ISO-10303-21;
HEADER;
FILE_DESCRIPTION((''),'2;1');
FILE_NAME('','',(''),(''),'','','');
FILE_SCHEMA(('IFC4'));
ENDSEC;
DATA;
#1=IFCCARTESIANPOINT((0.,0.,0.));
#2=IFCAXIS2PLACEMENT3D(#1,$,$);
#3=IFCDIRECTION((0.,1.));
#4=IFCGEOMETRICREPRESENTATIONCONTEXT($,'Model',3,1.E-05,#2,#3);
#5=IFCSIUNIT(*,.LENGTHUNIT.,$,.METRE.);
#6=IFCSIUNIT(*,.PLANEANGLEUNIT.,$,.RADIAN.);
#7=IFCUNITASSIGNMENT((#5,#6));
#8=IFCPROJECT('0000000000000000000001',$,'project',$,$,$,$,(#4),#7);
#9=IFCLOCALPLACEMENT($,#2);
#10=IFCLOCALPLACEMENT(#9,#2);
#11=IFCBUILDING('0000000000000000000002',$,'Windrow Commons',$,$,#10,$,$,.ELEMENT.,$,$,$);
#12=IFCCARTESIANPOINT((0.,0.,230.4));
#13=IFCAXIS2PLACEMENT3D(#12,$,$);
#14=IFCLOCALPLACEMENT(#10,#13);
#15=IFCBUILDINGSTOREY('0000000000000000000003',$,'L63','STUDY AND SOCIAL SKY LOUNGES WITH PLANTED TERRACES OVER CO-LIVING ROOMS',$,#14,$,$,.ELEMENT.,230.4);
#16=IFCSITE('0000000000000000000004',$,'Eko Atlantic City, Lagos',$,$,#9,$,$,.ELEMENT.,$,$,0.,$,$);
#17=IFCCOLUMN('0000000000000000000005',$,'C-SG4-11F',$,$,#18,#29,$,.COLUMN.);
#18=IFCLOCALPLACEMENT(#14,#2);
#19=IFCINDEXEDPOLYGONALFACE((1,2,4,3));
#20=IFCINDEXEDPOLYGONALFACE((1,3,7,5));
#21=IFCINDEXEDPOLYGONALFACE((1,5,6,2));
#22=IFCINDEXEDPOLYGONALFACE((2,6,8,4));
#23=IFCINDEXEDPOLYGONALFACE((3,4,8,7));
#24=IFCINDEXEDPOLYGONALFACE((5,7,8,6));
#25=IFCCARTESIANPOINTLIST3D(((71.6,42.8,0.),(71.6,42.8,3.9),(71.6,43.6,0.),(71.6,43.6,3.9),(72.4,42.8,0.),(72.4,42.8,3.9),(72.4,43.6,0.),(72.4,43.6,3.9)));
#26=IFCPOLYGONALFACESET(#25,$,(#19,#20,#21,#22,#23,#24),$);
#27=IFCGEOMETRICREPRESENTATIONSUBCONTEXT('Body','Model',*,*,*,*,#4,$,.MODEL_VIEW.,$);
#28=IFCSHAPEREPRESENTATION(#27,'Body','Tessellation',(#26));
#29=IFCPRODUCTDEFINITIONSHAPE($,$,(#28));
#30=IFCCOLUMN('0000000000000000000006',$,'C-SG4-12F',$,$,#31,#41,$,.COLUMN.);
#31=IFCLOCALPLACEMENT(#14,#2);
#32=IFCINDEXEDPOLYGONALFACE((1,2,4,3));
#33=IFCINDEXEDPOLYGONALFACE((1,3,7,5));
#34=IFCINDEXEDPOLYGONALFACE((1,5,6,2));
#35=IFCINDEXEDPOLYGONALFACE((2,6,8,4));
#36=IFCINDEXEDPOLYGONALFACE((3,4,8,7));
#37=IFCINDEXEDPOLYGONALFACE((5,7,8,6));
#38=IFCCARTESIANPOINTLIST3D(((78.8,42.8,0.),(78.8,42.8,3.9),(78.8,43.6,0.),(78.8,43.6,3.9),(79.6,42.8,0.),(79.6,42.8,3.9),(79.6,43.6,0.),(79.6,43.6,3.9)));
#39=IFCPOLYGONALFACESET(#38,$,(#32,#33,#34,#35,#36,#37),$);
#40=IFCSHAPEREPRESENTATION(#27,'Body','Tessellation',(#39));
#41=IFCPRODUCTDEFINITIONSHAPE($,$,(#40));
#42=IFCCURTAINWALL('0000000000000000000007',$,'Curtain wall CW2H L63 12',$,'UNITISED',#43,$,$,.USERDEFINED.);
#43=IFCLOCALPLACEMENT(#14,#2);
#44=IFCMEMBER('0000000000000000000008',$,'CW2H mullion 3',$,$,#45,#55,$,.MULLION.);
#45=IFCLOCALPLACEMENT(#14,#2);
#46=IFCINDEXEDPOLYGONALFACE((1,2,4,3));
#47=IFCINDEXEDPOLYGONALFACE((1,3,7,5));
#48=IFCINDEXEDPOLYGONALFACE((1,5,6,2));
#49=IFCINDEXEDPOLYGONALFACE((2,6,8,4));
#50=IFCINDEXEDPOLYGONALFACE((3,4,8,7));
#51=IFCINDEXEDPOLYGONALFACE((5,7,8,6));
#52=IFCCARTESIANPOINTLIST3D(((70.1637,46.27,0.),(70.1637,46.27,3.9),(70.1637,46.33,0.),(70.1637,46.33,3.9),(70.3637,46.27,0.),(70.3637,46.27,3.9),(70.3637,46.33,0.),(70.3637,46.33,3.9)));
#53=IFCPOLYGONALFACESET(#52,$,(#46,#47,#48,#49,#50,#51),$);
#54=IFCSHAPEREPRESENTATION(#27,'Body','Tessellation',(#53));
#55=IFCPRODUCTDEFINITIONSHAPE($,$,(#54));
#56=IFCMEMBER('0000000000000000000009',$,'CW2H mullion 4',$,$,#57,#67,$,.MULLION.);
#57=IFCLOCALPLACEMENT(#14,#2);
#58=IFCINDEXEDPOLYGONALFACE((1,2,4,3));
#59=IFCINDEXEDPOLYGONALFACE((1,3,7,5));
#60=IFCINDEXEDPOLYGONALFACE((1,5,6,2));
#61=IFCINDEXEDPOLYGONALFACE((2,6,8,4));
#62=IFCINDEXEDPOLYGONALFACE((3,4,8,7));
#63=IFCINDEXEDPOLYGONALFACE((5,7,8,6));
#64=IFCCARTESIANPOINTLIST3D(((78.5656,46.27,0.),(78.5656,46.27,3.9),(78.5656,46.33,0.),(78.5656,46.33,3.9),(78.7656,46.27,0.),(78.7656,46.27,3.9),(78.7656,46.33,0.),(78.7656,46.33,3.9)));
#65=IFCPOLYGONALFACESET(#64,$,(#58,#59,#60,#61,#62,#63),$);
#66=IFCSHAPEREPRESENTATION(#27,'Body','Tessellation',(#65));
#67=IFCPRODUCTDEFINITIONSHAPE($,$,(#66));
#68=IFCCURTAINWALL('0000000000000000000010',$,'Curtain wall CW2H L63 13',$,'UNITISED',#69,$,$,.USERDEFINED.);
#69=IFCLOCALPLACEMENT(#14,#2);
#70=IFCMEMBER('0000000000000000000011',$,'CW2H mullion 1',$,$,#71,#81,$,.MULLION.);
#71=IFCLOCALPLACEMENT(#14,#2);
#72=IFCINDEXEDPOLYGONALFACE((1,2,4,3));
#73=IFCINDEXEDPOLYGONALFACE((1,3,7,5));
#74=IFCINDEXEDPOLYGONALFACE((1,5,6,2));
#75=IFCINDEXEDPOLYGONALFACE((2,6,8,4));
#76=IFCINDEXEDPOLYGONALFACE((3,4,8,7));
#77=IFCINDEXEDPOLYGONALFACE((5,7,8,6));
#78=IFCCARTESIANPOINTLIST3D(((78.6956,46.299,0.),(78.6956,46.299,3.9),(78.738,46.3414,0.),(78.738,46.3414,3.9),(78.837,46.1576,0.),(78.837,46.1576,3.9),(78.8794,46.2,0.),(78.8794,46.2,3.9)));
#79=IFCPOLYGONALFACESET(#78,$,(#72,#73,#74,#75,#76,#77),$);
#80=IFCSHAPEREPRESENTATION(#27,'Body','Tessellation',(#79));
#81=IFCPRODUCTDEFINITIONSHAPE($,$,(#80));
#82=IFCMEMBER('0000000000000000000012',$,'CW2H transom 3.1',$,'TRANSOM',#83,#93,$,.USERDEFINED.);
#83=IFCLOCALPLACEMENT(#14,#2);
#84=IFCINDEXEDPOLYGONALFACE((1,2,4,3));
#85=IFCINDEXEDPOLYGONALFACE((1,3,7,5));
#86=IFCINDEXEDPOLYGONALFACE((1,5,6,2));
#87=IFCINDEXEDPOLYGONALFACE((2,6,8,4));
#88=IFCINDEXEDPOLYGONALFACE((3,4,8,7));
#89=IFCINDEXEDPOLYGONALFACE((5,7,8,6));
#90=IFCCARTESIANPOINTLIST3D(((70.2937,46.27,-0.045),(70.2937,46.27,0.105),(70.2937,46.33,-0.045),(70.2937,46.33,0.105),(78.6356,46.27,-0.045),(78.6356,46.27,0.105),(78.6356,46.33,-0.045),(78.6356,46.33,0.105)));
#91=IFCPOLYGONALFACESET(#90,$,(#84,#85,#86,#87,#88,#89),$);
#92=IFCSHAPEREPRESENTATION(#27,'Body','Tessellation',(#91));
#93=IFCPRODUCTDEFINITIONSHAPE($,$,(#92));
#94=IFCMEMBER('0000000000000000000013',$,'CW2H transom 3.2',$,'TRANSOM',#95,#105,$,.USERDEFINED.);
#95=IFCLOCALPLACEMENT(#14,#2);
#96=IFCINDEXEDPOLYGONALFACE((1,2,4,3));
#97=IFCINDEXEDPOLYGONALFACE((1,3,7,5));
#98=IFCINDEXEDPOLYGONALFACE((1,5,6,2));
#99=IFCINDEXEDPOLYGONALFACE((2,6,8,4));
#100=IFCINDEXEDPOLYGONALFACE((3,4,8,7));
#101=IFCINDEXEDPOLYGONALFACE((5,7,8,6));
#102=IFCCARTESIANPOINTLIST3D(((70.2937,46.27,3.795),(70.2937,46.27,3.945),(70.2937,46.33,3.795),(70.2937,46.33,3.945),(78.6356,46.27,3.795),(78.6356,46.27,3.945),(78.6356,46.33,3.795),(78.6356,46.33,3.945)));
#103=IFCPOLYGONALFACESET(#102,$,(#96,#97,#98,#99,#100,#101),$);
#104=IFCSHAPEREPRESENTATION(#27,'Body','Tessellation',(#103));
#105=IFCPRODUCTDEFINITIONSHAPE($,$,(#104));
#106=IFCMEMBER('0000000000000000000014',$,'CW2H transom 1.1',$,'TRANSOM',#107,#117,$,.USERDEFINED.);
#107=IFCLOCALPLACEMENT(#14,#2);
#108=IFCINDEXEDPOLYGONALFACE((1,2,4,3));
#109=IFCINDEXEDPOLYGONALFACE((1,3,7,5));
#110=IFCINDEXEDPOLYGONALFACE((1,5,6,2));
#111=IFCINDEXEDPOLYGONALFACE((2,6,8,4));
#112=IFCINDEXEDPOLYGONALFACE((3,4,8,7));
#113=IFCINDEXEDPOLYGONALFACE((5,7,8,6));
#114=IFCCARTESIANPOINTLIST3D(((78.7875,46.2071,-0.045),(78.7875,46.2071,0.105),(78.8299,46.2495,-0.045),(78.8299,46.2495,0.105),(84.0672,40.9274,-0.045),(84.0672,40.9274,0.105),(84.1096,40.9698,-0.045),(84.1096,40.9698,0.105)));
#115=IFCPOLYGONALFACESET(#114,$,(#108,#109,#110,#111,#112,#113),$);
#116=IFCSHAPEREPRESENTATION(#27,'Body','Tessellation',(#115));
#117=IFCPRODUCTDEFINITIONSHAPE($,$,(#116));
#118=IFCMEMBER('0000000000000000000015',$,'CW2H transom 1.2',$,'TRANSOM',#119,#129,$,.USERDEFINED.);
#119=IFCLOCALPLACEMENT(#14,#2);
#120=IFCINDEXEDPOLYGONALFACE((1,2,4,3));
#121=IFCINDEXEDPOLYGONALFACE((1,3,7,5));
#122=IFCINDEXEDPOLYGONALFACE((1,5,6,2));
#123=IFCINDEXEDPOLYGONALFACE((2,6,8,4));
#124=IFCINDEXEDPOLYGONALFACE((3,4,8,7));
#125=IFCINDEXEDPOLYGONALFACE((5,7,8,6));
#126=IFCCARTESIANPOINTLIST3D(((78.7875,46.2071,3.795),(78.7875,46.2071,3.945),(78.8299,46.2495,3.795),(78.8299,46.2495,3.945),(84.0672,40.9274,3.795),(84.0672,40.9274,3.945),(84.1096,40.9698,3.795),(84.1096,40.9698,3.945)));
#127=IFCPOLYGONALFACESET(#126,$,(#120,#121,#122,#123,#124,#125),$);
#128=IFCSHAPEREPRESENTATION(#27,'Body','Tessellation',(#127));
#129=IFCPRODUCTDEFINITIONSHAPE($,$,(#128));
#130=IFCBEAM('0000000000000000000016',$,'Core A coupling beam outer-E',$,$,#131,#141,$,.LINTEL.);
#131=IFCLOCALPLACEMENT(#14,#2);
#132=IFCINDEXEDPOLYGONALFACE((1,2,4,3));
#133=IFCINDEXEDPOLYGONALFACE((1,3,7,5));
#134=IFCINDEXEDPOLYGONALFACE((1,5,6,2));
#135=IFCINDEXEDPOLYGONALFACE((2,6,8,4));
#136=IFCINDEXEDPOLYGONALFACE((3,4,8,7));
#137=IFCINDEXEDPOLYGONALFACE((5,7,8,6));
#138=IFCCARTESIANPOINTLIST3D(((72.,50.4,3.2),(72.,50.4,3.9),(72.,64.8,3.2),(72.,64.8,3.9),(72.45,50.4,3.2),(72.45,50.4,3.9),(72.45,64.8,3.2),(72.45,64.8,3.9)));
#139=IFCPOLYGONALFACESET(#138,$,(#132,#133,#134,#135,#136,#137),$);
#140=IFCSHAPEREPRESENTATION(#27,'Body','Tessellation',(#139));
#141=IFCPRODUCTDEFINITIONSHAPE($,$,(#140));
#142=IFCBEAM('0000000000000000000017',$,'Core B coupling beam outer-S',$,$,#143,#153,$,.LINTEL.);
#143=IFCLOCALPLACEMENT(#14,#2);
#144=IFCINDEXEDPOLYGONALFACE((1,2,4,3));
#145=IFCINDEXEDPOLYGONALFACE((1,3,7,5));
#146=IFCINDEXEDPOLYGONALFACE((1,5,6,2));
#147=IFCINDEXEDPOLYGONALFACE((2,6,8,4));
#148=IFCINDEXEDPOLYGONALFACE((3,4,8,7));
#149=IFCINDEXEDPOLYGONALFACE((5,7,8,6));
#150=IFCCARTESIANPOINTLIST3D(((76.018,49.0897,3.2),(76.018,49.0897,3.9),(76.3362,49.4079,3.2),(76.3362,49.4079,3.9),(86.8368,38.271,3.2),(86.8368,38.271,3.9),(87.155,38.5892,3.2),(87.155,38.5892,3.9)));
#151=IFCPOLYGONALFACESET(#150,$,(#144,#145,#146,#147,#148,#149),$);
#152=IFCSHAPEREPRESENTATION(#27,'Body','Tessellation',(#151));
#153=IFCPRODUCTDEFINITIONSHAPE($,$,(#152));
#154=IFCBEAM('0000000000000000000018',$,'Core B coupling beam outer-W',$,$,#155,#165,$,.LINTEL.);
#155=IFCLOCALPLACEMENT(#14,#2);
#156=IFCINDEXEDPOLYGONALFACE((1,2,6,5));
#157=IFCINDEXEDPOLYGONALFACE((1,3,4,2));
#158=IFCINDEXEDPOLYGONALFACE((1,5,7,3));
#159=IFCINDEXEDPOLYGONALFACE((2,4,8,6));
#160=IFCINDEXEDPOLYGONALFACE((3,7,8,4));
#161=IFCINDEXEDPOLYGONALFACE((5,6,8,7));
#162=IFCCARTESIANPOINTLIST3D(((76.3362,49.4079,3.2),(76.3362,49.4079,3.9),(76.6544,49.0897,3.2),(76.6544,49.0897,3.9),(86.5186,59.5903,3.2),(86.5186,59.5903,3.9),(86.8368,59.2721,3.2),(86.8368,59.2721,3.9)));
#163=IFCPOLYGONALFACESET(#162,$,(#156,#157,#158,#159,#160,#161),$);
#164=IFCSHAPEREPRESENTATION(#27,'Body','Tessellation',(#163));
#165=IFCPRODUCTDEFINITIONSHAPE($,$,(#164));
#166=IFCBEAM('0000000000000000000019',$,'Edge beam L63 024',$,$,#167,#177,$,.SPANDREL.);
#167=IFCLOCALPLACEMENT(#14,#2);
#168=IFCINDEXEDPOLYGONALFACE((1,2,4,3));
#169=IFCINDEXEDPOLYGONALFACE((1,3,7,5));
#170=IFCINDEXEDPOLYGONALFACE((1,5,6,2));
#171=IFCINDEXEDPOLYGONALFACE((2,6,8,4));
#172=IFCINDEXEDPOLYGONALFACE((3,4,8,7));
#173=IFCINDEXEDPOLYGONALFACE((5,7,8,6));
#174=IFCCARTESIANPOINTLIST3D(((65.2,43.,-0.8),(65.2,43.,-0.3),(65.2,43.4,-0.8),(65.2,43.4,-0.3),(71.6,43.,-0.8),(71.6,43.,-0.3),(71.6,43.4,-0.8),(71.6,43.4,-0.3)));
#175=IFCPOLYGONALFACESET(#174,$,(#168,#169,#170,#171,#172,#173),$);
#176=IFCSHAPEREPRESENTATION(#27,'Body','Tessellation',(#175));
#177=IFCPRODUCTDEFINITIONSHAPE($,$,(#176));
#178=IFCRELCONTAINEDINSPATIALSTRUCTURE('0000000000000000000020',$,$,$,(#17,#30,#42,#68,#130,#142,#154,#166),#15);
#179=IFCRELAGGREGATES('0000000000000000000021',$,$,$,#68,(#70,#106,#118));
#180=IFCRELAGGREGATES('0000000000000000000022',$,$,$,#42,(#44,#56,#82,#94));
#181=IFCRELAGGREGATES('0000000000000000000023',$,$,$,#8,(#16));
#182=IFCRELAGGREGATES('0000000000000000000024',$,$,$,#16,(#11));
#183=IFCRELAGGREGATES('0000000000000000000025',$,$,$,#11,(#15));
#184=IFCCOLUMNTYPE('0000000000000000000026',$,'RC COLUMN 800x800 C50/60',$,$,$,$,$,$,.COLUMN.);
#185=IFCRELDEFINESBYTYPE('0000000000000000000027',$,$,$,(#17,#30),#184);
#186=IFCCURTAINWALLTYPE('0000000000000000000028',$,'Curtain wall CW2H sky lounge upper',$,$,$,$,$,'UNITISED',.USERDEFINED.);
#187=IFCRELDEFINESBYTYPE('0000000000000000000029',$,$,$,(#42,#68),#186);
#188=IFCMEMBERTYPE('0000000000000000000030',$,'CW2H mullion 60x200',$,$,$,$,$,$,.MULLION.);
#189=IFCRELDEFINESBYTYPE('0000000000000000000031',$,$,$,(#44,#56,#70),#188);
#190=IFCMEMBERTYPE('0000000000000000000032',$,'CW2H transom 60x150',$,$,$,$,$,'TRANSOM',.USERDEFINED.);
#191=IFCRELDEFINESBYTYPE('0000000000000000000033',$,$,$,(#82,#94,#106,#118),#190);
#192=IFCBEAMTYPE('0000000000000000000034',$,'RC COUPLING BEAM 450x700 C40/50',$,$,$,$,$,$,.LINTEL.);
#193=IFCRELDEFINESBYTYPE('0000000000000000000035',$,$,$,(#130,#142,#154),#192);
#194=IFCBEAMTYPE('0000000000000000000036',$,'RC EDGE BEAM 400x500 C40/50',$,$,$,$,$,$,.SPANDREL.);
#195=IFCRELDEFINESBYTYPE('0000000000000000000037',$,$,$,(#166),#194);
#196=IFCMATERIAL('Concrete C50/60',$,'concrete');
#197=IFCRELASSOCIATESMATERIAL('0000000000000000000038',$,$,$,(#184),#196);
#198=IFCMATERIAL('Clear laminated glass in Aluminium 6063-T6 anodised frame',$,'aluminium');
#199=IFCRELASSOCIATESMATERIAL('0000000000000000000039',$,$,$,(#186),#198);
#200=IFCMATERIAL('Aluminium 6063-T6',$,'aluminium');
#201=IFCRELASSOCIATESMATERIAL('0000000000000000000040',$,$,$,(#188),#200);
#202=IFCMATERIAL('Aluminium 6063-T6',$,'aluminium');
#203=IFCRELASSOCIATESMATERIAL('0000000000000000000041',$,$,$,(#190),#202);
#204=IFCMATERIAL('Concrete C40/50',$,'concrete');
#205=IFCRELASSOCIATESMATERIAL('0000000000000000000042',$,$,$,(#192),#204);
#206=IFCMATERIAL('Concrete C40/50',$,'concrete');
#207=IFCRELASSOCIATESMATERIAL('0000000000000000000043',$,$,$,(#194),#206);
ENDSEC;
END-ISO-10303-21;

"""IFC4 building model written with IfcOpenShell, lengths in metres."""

from ifc_helpers import new_model, si_unit, direction, frame, origin, origin_2d, place, context, subcontext, project, spatial, rectangle, extrude, material, material_profile, profile_set, type_object, element, aggregate, save


model = new_model("IFC4")

# Units and contexts
model_context = context("Model", 3, precision=1e-05, world=origin(), true_north=direction((0.0, 1.0)))
body_context = subcontext(model_context, "Body", "Model", "MODEL_VIEW")
ifc_project = project(units=[si_unit("LENGTHUNIT", "METRE"), si_unit("PLANEANGLEUNIT", "RADIAN")], contexts=[model_context])

# Site, building, storey
site_placement = place(None, origin())
site = spatial("IfcSite", under=ifc_project, at=site_placement, Name="Eko Atlantic City, Lagos", CompositionType="ELEMENT", RefElevation=0.0)
building_placement = place(site_placement, origin())
building = spatial("IfcBuilding", under=site, at=building_placement, Name="Windrow Commons", CompositionType="ELEMENT")
storey_placement = place(building_placement, frame((0.0, 0.0, 230.4)))
storey = spatial("IfcBuildingStorey", under=building, at=storey_placement, Name="L63", Description="STUDY AND SOCIAL SKY LOUNGES WITH PLANTED TERRACES OVER CO-LIVING ROOMS", CompositionType="ELEMENT", Elevation=230.4)

# Columns
ifc_material_1 = material(Name="Concrete C50/60", Category="concrete")
ifc_material_profile_1 = material_profile(ifc_material_1, rectangle(XDim=0.8, YDim=0.8, at=origin_2d()))
ifc_profile_set_1 = profile_set([ifc_material_profile_1], Name="Concrete C50/60")
column_type = type_object("IfcColumnType", Name="RC COLUMN 800x800 C50/60", PredefinedType="COLUMN", material=ifc_profile_set_1)
for number, where, z_axis, x_axis, name in (
    (1, (72.0, 43.2, 0.0), (0.0, 0.0, 1.0), (1.0, 0.0, 0.0), "C-SG4-11F"),
    (2, (79.2, 43.2, 0.0), (0.0, 0.0, 1.0), (1.0, 0.0, 0.0), "C-SG4-12F"),
):
    element("IfcColumn", number, at=place(storey_placement, frame(where, z_axis=z_axis, x_axis=x_axis)), inside=storey, type_object=column_type, Name=name, PredefinedType="COLUMN", context=body_context, shape_type="SweptSolid", body=[
        extrude(rectangle(XDim=0.8, YDim=0.8, at=origin_2d()), origin(), (0.0, 0.0, 1.0), 3.9),
    ])

# Curtain wall, members
ifc_material_2 = material(Name="Clear laminated glass in Aluminium 6063-T6 anodised frame", Category="aluminium")
curtain_wall_type = type_object("IfcCurtainWallType", Name="Curtain wall CW2H sky lounge upper", ElementType="UNITISED", PredefinedType="USERDEFINED", material=ifc_material_2)
placement = place(storey_placement, origin())
curtain_wall_1 = element("IfcCurtainWall", 3, at=placement, inside=storey, type_object=curtain_wall_type, Name="Curtain wall CW2H L63 12", ObjectType="UNITISED", PredefinedType="USERDEFINED")
ifc_material_3 = material(Name="Aluminium 6063-T6", Category="aluminium")
ifc_material_profile_2 = material_profile(ifc_material_3, rectangle(XDim=0.06, YDim=0.2, at=origin_2d()))
ifc_profile_set_2 = profile_set([ifc_material_profile_2], Name="Aluminium 6063-T6")
member_type_1 = type_object("IfcMemberType", Name="CW2H mullion 60x200", PredefinedType="MULLION", material=ifc_profile_set_2)
member_1_placement = place(storey_placement, frame((70.2637, 46.3, 0.0), z_axis=(0.0, 0.0, 1.0), x_axis=(0.0, 1.0, 0.0)))
member_1 = element("IfcMember", 4, at=member_1_placement, type_object=member_type_1, Name="CW2H mullion 3", PredefinedType="MULLION", context=body_context, shape_type="SweptSolid", body=[
    extrude(rectangle(XDim=0.06, YDim=0.2, at=origin_2d()), origin(), (0.0, 0.0, 1.0), 3.9),
])
member_2_placement = place(storey_placement, frame((78.6656, 46.3, 0.0), z_axis=(0.0, 0.0, 1.0), x_axis=(0.0, 1.0, 0.0)))
member_2 = element("IfcMember", 5, at=member_2_placement, type_object=member_type_1, Name="CW2H mullion 4", PredefinedType="MULLION", context=body_context, shape_type="SweptSolid", body=[
    extrude(rectangle(XDim=0.06, YDim=0.2, at=origin_2d()), origin(), (0.0, 0.0, 1.0), 3.9),
])

# Curtain wall, member
curtain_wall_2 = element("IfcCurtainWall", 6, at=placement, inside=storey, type_object=curtain_wall_type, Name="Curtain wall CW2H L63 13", ObjectType="UNITISED", PredefinedType="USERDEFINED")
member_3_placement = place(storey_placement, frame((78.7875, 46.2495, 0.0), z_axis=(0.0, 0.0, 1.0), x_axis=(0.707107, 0.707107, 0.0)))
member_3 = element("IfcMember", 7, at=member_3_placement, type_object=member_type_1, Name="CW2H mullion 1", PredefinedType="MULLION", context=body_context, shape_type="SweptSolid", body=[
    extrude(rectangle(XDim=0.06, YDim=0.2, at=origin_2d()), origin(), (0.0, 0.0, 1.0), 3.9),
])

# Members
ifc_material_4 = material(Name="Aluminium 6063-T6", Category="aluminium")
ifc_material_profile_3 = material_profile(ifc_material_4, rectangle(XDim=0.06, YDim=0.15, at=origin_2d()))
ifc_profile_set_3 = profile_set([ifc_material_profile_3], Name="Aluminium 6063-T6")
member_type_2 = type_object("IfcMemberType", Name="CW2H transom 60x150", ElementType="TRANSOM", PredefinedType="USERDEFINED", material=ifc_profile_set_3)
member_4_placement = place(storey_placement, frame((70.2937, 46.3, 0.03), z_axis=(1.0, 0.0, 0.0), x_axis=(0.0, 1.0, 0.0)))
member_4 = element("IfcMember", 8, at=member_4_placement, type_object=member_type_2, Name="CW2H transom 3.1", ObjectType="TRANSOM", PredefinedType="USERDEFINED", context=body_context, shape_type="SweptSolid", body=[
    extrude(rectangle(XDim=0.06, YDim=0.15, at=origin_2d()), origin(), (0.0, 0.0, 1.0), 8.3419),
])
member_5_placement = place(storey_placement, frame((70.2937, 46.3, 3.87), z_axis=(1.0, 0.0, 0.0), x_axis=(0.0, 1.0, 0.0)))
member_5 = element("IfcMember", 9, at=member_5_placement, type_object=member_type_2, Name="CW2H transom 3.2", ObjectType="TRANSOM", PredefinedType="USERDEFINED", context=body_context, shape_type="SweptSolid", body=[
    extrude(rectangle(XDim=0.06, YDim=0.15, at=origin_2d()), origin(), (0.0, 0.0, 1.0), 8.3419),
])
member_6_placement = place(storey_placement, frame((78.8087, 46.2283, 0.03), z_axis=(0.707107, -0.707107, 0.0), x_axis=(0.707107, 0.707107, 0.0)))
member_6 = element("IfcMember", 10, at=member_6_placement, type_object=member_type_2, Name="CW2H transom 1.1", ObjectType="TRANSOM", PredefinedType="USERDEFINED", context=body_context, shape_type="SweptSolid", body=[
    extrude(rectangle(XDim=0.06, YDim=0.15, at=origin_2d()), origin(), (0.0, 0.0, 1.0), 7.4666),
])
member_7_placement = place(storey_placement, frame((78.8087, 46.2283, 3.87), z_axis=(0.707107, -0.707107, 0.0), x_axis=(0.707107, 0.707107, 0.0)))
member_7 = element("IfcMember", 11, at=member_7_placement, type_object=member_type_2, Name="CW2H transom 1.2", ObjectType="TRANSOM", PredefinedType="USERDEFINED", context=body_context, shape_type="SweptSolid", body=[
    extrude(rectangle(XDim=0.06, YDim=0.15, at=origin_2d()), origin(), (0.0, 0.0, 1.0), 7.4666),
])
aggregate(curtain_wall_2, [member_3, member_6, member_7])

# Beams
ifc_material_5 = material(Name="Concrete C40/50", Category="concrete")
ifc_material_profile_4 = material_profile(ifc_material_5, rectangle(XDim=0.45, YDim=0.7, at=origin_2d()))
ifc_profile_set_4 = profile_set([ifc_material_profile_4], Name="Concrete C40/50")
beam_type_1 = type_object("IfcBeamType", Name="RC COUPLING BEAM 450x700 C40/50", PredefinedType="LINTEL", material=ifc_profile_set_4)
beam_1_placement = place(storey_placement, frame((72.225, 50.4, 3.55), z_axis=(0.0, 1.0, 0.0), x_axis=(-1.0, 0.0, 0.0)))
element("IfcBeam", 12, at=beam_1_placement, inside=storey, type_object=beam_type_1, Name="Core A coupling beam outer-E", PredefinedType="LINTEL", context=body_context, shape_type="SweptSolid", body=[
    extrude(rectangle(XDim=0.45, YDim=0.7, at=origin_2d()), origin(), (0.0, 0.0, 1.0), 14.4),
])
beam_2_placement = place(storey_placement, frame((76.1771, 49.2488, 3.55), z_axis=(0.70711, -0.707104, 0.0), x_axis=(0.707104, 0.70711, 0.0)))
element("IfcBeam", 13, at=beam_2_placement, inside=storey, type_object=beam_type_1, Name="Core B coupling beam outer-S", PredefinedType="LINTEL", context=body_context, shape_type="SweptSolid", body=[
    extrude(rectangle(XDim=0.45, YDim=0.7, at=origin_2d()), origin(), (0.0, 0.0, 1.0), 15.3),
])
beam_3_placement = place(storey_placement, frame((76.4953, 49.2488, 3.55), z_axis=(0.707107, 0.707107, 0.0), x_axis=(-0.707107, 0.707107, 0.0)))
element("IfcBeam", 14, at=beam_3_placement, inside=storey, type_object=beam_type_1, Name="Core B coupling beam outer-W", PredefinedType="LINTEL", context=body_context, shape_type="SweptSolid", body=[
    extrude(rectangle(XDim=0.45, YDim=0.7, at=origin_2d()), origin(), (0.0, 0.0, 1.0), 14.4001),
])
ifc_material_6 = material(Name="Concrete C40/50", Category="concrete")
ifc_material_profile_5 = material_profile(ifc_material_6, rectangle(XDim=0.4, YDim=0.5, at=origin_2d()))
ifc_profile_set_5 = profile_set([ifc_material_profile_5], Name="Concrete C40/50")
beam_type_2 = type_object("IfcBeamType", Name="RC EDGE BEAM 400x500 C40/50", PredefinedType="SPANDREL", material=ifc_profile_set_5)
beam_4_placement = place(storey_placement, frame((71.6, 43.2, -0.55), z_axis=(-1.0, 0.0, 0.0), x_axis=(0.0, -1.0, 0.0)))
element("IfcBeam", 15, at=beam_4_placement, inside=storey, type_object=beam_type_2, Name="Edge beam L63 024", PredefinedType="SPANDREL", context=body_context, shape_type="SweptSolid", body=[
    extrude(rectangle(XDim=0.4, YDim=0.5, at=origin_2d()), origin(), (0.0, 0.0, 1.0), 6.4),
])

aggregate(curtain_wall_1, [member_1, member_2, member_4, member_5])

save(model, "model.ifc")
